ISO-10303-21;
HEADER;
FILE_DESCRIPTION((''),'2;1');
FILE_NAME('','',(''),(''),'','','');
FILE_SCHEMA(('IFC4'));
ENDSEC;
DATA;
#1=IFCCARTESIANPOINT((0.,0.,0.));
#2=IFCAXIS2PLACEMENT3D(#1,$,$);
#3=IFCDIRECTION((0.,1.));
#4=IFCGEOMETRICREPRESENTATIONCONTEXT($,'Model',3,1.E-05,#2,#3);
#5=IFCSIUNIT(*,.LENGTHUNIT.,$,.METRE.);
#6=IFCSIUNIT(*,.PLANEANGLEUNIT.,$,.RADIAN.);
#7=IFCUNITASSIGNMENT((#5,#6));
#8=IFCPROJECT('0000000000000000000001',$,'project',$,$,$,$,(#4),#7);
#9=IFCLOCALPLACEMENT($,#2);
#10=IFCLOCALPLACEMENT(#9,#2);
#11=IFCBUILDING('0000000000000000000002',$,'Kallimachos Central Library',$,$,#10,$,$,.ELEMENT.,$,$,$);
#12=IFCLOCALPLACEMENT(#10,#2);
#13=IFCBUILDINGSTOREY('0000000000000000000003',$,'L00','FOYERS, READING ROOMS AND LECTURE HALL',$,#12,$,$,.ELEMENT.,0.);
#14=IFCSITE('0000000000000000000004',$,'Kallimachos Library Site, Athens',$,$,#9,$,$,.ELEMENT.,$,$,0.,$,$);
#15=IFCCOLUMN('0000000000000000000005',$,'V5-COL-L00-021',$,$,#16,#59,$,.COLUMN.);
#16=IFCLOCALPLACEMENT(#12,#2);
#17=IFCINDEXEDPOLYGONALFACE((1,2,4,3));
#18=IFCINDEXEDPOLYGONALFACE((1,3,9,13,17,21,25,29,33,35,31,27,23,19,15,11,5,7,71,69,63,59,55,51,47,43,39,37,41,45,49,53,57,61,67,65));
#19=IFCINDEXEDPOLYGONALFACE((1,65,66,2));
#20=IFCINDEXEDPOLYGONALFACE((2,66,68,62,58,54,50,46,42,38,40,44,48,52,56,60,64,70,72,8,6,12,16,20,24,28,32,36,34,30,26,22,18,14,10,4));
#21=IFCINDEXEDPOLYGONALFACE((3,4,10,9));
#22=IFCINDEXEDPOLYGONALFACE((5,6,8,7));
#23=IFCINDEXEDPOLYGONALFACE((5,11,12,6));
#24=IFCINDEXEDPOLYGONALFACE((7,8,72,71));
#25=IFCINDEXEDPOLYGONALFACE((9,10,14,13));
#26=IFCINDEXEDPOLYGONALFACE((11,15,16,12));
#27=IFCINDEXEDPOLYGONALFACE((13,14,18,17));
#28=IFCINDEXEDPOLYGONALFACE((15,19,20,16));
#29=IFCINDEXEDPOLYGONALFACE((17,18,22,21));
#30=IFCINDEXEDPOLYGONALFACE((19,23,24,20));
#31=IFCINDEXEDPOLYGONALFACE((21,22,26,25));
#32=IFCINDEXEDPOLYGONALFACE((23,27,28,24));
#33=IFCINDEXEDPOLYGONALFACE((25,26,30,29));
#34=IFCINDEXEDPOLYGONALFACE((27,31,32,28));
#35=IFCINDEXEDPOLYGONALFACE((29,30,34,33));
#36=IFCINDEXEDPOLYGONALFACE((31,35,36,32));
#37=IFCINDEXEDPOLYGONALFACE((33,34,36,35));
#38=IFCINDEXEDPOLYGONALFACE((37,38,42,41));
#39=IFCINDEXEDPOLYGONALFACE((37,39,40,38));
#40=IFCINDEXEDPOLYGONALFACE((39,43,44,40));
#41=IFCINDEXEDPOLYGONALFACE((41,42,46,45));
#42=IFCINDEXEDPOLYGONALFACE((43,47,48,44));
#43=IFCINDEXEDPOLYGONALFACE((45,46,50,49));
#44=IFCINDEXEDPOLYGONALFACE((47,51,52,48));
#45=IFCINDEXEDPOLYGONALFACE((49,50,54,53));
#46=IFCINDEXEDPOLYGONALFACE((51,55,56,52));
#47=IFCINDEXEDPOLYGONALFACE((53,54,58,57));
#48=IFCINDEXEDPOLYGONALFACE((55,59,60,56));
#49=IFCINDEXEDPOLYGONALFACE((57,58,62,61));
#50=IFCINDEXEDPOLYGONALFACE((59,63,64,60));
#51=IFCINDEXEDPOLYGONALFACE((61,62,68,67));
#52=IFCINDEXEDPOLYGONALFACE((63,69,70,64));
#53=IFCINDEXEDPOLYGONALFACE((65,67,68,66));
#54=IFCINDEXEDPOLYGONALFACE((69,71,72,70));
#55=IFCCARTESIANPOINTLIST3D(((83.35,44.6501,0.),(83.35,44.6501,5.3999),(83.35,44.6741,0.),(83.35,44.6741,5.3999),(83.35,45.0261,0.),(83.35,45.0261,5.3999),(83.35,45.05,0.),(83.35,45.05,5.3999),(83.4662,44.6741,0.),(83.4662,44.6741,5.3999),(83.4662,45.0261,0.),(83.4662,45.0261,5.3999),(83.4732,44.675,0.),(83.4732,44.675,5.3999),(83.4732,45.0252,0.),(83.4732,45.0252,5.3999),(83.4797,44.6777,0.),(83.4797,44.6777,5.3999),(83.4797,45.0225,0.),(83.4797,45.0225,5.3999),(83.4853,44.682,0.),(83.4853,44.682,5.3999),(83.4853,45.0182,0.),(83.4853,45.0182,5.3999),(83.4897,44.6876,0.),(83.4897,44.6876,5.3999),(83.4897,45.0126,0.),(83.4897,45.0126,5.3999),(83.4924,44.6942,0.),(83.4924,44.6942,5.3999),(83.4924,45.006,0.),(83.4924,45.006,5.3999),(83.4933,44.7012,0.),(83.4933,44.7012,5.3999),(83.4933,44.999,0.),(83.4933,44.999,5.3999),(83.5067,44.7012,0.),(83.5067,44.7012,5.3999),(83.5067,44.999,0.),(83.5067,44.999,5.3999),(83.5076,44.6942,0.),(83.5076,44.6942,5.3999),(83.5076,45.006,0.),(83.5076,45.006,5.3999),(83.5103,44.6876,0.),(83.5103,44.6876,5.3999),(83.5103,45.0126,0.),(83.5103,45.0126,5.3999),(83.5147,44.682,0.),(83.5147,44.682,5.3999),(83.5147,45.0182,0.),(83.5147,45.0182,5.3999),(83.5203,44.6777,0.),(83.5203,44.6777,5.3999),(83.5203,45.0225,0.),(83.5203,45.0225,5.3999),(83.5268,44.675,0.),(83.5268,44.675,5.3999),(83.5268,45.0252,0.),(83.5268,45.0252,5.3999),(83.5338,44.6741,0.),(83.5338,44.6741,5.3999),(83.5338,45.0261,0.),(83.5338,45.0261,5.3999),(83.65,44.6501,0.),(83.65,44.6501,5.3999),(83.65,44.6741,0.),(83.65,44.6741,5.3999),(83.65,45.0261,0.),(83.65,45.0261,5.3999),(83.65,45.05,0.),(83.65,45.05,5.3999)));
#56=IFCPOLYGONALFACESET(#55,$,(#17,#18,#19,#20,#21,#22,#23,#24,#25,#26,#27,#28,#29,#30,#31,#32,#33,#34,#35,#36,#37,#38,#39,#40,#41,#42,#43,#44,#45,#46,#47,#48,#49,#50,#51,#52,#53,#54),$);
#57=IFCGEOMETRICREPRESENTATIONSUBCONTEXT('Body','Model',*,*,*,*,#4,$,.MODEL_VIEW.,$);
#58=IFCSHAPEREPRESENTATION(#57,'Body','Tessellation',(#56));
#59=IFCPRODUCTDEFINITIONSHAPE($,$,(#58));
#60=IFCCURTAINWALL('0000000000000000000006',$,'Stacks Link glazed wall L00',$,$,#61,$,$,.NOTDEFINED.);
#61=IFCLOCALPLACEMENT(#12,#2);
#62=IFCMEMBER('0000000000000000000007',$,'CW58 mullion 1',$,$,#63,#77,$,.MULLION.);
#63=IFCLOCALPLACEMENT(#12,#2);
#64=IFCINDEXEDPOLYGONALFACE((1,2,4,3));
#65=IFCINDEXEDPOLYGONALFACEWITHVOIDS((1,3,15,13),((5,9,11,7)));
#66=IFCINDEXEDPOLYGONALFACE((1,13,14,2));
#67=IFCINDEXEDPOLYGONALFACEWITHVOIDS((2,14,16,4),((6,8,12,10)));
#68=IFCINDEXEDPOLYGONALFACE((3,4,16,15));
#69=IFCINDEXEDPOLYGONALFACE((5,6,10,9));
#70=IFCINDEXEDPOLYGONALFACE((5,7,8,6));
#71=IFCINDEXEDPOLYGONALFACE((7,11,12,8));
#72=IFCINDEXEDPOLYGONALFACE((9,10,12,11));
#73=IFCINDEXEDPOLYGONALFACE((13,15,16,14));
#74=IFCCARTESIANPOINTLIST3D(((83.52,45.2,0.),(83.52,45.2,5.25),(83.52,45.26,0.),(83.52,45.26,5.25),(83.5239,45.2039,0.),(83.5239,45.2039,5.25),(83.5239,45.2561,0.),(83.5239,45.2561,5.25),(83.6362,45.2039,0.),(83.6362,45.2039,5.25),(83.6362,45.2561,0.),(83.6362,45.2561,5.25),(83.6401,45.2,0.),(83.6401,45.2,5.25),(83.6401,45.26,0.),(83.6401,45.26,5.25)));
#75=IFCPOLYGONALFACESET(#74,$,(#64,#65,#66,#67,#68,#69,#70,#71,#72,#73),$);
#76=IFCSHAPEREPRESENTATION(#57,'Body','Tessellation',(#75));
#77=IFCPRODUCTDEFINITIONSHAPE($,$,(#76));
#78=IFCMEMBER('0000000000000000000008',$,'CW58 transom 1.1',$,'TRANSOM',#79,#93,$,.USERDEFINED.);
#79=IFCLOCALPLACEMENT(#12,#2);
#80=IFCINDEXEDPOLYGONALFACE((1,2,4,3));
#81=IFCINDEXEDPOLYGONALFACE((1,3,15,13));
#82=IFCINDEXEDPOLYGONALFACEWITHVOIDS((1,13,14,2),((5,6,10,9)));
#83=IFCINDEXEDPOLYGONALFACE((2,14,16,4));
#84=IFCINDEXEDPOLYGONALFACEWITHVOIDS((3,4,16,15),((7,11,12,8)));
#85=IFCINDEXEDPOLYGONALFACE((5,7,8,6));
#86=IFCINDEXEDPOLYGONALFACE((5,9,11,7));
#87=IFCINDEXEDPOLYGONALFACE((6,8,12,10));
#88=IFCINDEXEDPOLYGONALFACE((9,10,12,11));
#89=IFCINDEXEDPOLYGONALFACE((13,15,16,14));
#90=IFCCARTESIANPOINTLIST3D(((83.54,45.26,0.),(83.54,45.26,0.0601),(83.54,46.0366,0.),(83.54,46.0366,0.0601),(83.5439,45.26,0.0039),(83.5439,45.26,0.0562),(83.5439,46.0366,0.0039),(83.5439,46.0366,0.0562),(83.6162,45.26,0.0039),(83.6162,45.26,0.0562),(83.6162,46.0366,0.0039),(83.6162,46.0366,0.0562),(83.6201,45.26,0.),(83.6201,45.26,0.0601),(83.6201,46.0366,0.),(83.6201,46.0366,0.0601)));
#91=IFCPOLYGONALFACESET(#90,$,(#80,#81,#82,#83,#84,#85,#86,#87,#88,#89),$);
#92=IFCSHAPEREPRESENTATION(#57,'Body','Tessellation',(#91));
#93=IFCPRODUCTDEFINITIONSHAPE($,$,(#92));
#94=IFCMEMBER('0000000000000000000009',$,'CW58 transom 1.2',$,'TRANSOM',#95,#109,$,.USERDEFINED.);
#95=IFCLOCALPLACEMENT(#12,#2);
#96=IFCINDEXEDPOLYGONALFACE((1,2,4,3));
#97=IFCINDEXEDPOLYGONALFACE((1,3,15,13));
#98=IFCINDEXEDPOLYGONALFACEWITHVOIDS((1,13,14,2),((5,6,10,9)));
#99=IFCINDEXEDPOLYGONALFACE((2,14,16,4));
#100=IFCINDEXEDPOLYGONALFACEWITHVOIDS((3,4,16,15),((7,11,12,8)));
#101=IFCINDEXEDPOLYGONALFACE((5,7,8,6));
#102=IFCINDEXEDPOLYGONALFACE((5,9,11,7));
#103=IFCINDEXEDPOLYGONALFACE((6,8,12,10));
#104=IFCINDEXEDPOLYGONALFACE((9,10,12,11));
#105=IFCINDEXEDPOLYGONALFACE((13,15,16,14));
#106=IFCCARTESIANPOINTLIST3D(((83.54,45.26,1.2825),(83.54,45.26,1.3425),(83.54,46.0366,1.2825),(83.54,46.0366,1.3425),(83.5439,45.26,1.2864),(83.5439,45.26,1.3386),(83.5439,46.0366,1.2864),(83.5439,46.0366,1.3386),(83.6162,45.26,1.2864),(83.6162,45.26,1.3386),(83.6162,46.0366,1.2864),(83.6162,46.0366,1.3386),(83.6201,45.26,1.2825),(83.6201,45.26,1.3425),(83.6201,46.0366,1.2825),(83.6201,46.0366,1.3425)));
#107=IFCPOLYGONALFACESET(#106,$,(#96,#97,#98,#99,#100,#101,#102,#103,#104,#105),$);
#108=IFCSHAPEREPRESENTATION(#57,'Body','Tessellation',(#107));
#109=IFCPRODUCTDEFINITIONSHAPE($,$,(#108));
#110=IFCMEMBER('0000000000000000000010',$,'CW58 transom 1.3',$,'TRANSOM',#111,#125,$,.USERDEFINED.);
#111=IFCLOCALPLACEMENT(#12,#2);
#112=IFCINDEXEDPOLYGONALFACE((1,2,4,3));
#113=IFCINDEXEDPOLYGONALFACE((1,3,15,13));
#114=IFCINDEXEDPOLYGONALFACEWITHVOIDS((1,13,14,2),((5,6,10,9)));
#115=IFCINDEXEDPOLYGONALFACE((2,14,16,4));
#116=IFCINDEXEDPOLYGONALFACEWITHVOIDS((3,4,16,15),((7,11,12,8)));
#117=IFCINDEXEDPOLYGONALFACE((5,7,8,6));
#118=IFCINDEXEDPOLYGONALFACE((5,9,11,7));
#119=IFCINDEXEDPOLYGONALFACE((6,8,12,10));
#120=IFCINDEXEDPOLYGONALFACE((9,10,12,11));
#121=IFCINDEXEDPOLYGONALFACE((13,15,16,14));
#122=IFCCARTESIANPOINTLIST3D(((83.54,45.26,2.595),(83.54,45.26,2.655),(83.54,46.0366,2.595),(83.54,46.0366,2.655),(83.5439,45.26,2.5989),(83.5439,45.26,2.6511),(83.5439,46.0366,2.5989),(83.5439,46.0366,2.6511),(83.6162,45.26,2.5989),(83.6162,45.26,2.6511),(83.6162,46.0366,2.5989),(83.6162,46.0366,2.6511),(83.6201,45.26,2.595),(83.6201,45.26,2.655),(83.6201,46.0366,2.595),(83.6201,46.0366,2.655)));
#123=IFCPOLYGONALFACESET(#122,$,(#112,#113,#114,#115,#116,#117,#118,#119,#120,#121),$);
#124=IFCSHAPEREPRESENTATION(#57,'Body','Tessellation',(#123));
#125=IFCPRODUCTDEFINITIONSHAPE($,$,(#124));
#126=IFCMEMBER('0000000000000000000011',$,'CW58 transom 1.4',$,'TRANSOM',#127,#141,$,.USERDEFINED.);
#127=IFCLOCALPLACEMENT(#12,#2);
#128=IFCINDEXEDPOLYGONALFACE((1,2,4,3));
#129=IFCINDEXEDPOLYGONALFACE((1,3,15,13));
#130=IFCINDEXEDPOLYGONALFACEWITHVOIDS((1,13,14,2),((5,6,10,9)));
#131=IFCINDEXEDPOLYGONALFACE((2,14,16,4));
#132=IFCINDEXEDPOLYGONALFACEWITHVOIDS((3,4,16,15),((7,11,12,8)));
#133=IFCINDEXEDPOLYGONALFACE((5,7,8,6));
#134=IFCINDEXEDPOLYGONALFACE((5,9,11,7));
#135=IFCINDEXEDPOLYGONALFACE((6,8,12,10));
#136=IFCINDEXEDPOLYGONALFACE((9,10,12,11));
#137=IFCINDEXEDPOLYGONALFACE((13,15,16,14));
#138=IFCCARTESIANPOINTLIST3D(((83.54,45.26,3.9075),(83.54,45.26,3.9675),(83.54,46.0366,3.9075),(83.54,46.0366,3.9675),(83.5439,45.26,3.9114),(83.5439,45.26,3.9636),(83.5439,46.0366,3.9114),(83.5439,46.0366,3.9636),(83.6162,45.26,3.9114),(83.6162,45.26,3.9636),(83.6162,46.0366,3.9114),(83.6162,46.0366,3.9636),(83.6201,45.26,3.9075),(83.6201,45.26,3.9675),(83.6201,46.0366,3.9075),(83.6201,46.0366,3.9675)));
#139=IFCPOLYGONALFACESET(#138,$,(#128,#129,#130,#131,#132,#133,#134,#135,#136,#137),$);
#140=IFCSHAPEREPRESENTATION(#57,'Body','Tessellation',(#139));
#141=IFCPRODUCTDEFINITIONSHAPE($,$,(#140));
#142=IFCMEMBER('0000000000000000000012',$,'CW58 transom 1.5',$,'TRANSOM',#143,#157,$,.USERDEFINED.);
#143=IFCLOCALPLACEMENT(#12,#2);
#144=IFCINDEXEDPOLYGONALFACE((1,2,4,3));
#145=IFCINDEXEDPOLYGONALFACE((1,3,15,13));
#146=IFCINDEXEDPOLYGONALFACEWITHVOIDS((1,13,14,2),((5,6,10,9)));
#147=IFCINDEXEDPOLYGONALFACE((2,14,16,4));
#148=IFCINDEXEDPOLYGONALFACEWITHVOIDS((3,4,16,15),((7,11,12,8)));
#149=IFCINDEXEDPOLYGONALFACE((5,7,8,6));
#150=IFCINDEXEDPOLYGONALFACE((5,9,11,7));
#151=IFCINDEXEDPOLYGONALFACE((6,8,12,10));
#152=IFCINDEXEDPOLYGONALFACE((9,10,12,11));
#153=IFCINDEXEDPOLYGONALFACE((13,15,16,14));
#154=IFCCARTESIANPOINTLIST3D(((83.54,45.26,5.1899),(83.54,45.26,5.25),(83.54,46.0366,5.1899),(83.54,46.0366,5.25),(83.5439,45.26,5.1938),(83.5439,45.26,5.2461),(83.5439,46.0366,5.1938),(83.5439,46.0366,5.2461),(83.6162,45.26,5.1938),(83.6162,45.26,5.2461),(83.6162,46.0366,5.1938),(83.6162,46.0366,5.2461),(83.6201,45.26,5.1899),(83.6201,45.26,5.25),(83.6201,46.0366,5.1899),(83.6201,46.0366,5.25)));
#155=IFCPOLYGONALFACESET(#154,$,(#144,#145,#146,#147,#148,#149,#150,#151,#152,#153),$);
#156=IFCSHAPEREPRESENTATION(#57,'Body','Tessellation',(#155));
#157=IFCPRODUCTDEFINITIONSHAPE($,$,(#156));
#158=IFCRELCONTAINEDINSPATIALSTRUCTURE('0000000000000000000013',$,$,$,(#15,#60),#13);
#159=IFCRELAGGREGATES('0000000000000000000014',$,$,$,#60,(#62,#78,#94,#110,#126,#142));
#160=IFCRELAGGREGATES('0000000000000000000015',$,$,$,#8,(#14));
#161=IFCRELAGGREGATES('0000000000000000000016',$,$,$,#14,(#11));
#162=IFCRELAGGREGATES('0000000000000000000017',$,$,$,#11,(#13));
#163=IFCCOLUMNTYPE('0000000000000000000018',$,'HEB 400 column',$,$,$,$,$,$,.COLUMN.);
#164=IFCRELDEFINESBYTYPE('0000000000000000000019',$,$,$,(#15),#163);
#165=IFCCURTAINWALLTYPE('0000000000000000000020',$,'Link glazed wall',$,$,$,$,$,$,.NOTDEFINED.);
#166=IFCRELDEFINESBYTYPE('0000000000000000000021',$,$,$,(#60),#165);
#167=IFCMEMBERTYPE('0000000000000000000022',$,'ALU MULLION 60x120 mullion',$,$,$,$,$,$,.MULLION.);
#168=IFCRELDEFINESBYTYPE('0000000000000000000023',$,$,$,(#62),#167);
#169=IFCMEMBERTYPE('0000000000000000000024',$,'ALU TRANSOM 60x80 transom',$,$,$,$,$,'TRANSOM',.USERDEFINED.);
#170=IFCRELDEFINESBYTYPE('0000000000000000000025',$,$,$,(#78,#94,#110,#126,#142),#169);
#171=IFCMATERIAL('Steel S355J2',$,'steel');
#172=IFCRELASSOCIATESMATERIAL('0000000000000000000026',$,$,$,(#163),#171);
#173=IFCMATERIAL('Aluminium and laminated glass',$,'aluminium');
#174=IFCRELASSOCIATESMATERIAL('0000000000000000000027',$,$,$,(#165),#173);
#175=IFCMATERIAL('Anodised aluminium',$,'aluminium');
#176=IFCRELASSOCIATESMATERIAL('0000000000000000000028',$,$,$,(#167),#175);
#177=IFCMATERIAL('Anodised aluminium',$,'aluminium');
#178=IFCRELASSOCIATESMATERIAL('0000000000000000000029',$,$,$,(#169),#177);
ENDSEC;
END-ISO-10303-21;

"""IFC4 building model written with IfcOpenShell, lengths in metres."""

from ifc_helpers import new_model, si_unit, direction, frame, origin, origin_2d, place, context, subcontext, project, spatial, hollow_rectangle, i_section, extrude, material, material_profile, profile_set, type_object, element, aggregate, save


model = new_model("IFC4")

# Units and contexts
model_context = context("Model", 3, precision=1e-05, world=origin(), true_north=direction((0.0, 1.0)))
body_context = subcontext(model_context, "Body", "Model", "MODEL_VIEW")
ifc_project = project(units=[si_unit("LENGTHUNIT", "METRE"), si_unit("PLANEANGLEUNIT", "RADIAN")], contexts=[model_context])

# Site, building, storey
site_placement = place(None, origin())
site = spatial("IfcSite", under=ifc_project, at=site_placement, Name="Kallimachos Library Site, Athens", CompositionType="ELEMENT", RefElevation=0.0)
building_placement = place(site_placement, origin())
building = spatial("IfcBuilding", under=site, at=building_placement, Name="Kallimachos Central Library", CompositionType="ELEMENT")
storey_placement = place(building_placement, origin())
storey = spatial("IfcBuildingStorey", under=building, at=storey_placement, Name="L00", Description="FOYERS, READING ROOMS AND LECTURE HALL", CompositionType="ELEMENT", Elevation=0.0)

# Column
ifc_material_1 = material(Name="Steel S355J2", Category="steel")
ifc_material_profile_1 = material_profile(ifc_material_1, i_section(OverallWidth=0.3, OverallDepth=0.3999, WebThickness=0.0134, FlangeThickness=0.0239, FilletRadius=0.0271, at=origin_2d()), Name="HEB 400")
ifc_profile_set_1 = profile_set([ifc_material_profile_1], Name="Steel S355J2")
column_type = type_object("IfcColumnType", Name="HEB 400 column", PredefinedType="COLUMN", material=ifc_profile_set_1)
column_placement = place(storey_placement, frame((83.5, 44.8501, 0.0), z_axis=(0.0, 0.0, 1.0), x_axis=(1.0, 0.0, 0.0)))
element("IfcColumn", 1, at=column_placement, inside=storey, type_object=column_type, Name="V5-COL-L00-021", PredefinedType="COLUMN", context=body_context, shape_type="SweptSolid", body=[
    extrude(i_section(OverallWidth=0.3, OverallDepth=0.3999, WebThickness=0.0134, FlangeThickness=0.0239, FilletRadius=0.0271, at=origin_2d()), origin(), (0.0, 0.0, 1.0), 5.3999),
])

# Curtain wall, members
ifc_material_2 = material(Name="Aluminium and laminated glass", Category="aluminium")
curtain_wall_type = type_object("IfcCurtainWallType", Name="Link glazed wall", PredefinedType="NOTDEFINED", material=ifc_material_2)
curtain_wall_placement = place(storey_placement, origin())
curtain_wall = element("IfcCurtainWall", 2, at=curtain_wall_placement, inside=storey, type_object=curtain_wall_type, Name="Stacks Link glazed wall L00", PredefinedType="NOTDEFINED")
ifc_material_3 = material(Name="Anodised aluminium", Category="aluminium")
ifc_material_profile_2 = material_profile(ifc_material_3, hollow_rectangle(XDim=0.0601, YDim=0.1201, WallThickness=0.0039, at=origin_2d()), Name="ALU MULLION 60x120")
ifc_profile_set_2 = profile_set([ifc_material_profile_2], Name="Anodised aluminium")
member_type_1 = type_object("IfcMemberType", Name="ALU MULLION 60x120 mullion", PredefinedType="MULLION", material=ifc_profile_set_2)
member_1_placement = place(storey_placement, frame((83.5801, 45.23, 0.0), z_axis=(0.0, 0.0, 1.0), x_axis=(0.0, 1.0, 0.0)))
member_1 = element("IfcMember", 3, at=member_1_placement, type_object=member_type_1, Name="CW58 mullion 1", PredefinedType="MULLION", context=body_context, shape_type="SweptSolid", body=[
    extrude(hollow_rectangle(XDim=0.0601, YDim=0.1201, WallThickness=0.0039, at=origin_2d()), origin(), (0.0, 0.0, 1.0), 5.25),
])
ifc_material_4 = material(Name="Anodised aluminium", Category="aluminium")
ifc_material_profile_3 = material_profile(ifc_material_4, hollow_rectangle(XDim=0.0601, YDim=0.0801, WallThickness=0.0039, at=origin_2d()), Name="ALU TRANSOM 60x80")
ifc_profile_set_3 = profile_set([ifc_material_profile_3], Name="Anodised aluminium")
member_type_2 = type_object("IfcMemberType", Name="ALU TRANSOM 60x80 transom", ElementType="TRANSOM", PredefinedType="USERDEFINED", material=ifc_profile_set_3)
member_2_placement = place(storey_placement, frame((83.5801, 45.26, 0.03), z_axis=(0.0, 1.0, 0.0), x_axis=(0.0, 0.0, 1.0)))
member_2 = element("IfcMember", 4, at=member_2_placement, type_object=member_type_2, Name="CW58 transom 1.1", ObjectType="TRANSOM", PredefinedType="USERDEFINED", context=body_context, shape_type="SweptSolid", body=[
    extrude(hollow_rectangle(XDim=0.0601, YDim=0.0801, WallThickness=0.0039, at=origin_2d()), origin(), (0.0, 0.0, 1.0), 0.7766),
])
member_3_placement = place(storey_placement, frame((83.5801, 45.26, 1.3125), z_axis=(0.0, 1.0, 0.0), x_axis=(0.0, 0.0, 1.0)))
member_3 = element("IfcMember", 5, at=member_3_placement, type_object=member_type_2, Name="CW58 transom 1.2", ObjectType="TRANSOM", PredefinedType="USERDEFINED", context=body_context, shape_type="SweptSolid", body=[
    extrude(hollow_rectangle(XDim=0.0601, YDim=0.0801, WallThickness=0.0039, at=origin_2d()), origin(), (0.0, 0.0, 1.0), 0.7766),
])
member_4_placement = place(storey_placement, frame((83.5801, 45.26, 2.625), z_axis=(0.0, 1.0, 0.0), x_axis=(0.0, 0.0, 1.0)))
member_4 = element("IfcMember", 6, at=member_4_placement, type_object=member_type_2, Name="CW58 transom 1.3", ObjectType="TRANSOM", PredefinedType="USERDEFINED", context=body_context, shape_type="SweptSolid", body=[
    extrude(hollow_rectangle(XDim=0.0601, YDim=0.0801, WallThickness=0.0039, at=origin_2d()), origin(), (0.0, 0.0, 1.0), 0.7766),
])
member_5_placement = place(storey_placement, frame((83.5801, 45.26, 3.9375), z_axis=(0.0, 1.0, 0.0), x_axis=(0.0, 0.0, 1.0)))
member_5 = element("IfcMember", 7, at=member_5_placement, type_object=member_type_2, Name="CW58 transom 1.4", ObjectType="TRANSOM", PredefinedType="USERDEFINED", context=body_context, shape_type="SweptSolid", body=[
    extrude(hollow_rectangle(XDim=0.0601, YDim=0.0801, WallThickness=0.0039, at=origin_2d()), origin(), (0.0, 0.0, 1.0), 0.7766),
])
member_6_placement = place(storey_placement, frame((83.5801, 45.26, 5.22), z_axis=(0.0, 1.0, 0.0), x_axis=(0.0, 0.0, 1.0)))
member_6 = element("IfcMember", 8, at=member_6_placement, type_object=member_type_2, Name="CW58 transom 1.5", ObjectType="TRANSOM", PredefinedType="USERDEFINED", context=body_context, shape_type="SweptSolid", body=[
    extrude(hollow_rectangle(XDim=0.0601, YDim=0.0801, WallThickness=0.0039, at=origin_2d()), origin(), (0.0, 0.0, 1.0), 0.7766),
])
aggregate(curtain_wall, [member_1, member_2, member_3, member_4, member_5, member_6])

save(model, "model.ifc")
